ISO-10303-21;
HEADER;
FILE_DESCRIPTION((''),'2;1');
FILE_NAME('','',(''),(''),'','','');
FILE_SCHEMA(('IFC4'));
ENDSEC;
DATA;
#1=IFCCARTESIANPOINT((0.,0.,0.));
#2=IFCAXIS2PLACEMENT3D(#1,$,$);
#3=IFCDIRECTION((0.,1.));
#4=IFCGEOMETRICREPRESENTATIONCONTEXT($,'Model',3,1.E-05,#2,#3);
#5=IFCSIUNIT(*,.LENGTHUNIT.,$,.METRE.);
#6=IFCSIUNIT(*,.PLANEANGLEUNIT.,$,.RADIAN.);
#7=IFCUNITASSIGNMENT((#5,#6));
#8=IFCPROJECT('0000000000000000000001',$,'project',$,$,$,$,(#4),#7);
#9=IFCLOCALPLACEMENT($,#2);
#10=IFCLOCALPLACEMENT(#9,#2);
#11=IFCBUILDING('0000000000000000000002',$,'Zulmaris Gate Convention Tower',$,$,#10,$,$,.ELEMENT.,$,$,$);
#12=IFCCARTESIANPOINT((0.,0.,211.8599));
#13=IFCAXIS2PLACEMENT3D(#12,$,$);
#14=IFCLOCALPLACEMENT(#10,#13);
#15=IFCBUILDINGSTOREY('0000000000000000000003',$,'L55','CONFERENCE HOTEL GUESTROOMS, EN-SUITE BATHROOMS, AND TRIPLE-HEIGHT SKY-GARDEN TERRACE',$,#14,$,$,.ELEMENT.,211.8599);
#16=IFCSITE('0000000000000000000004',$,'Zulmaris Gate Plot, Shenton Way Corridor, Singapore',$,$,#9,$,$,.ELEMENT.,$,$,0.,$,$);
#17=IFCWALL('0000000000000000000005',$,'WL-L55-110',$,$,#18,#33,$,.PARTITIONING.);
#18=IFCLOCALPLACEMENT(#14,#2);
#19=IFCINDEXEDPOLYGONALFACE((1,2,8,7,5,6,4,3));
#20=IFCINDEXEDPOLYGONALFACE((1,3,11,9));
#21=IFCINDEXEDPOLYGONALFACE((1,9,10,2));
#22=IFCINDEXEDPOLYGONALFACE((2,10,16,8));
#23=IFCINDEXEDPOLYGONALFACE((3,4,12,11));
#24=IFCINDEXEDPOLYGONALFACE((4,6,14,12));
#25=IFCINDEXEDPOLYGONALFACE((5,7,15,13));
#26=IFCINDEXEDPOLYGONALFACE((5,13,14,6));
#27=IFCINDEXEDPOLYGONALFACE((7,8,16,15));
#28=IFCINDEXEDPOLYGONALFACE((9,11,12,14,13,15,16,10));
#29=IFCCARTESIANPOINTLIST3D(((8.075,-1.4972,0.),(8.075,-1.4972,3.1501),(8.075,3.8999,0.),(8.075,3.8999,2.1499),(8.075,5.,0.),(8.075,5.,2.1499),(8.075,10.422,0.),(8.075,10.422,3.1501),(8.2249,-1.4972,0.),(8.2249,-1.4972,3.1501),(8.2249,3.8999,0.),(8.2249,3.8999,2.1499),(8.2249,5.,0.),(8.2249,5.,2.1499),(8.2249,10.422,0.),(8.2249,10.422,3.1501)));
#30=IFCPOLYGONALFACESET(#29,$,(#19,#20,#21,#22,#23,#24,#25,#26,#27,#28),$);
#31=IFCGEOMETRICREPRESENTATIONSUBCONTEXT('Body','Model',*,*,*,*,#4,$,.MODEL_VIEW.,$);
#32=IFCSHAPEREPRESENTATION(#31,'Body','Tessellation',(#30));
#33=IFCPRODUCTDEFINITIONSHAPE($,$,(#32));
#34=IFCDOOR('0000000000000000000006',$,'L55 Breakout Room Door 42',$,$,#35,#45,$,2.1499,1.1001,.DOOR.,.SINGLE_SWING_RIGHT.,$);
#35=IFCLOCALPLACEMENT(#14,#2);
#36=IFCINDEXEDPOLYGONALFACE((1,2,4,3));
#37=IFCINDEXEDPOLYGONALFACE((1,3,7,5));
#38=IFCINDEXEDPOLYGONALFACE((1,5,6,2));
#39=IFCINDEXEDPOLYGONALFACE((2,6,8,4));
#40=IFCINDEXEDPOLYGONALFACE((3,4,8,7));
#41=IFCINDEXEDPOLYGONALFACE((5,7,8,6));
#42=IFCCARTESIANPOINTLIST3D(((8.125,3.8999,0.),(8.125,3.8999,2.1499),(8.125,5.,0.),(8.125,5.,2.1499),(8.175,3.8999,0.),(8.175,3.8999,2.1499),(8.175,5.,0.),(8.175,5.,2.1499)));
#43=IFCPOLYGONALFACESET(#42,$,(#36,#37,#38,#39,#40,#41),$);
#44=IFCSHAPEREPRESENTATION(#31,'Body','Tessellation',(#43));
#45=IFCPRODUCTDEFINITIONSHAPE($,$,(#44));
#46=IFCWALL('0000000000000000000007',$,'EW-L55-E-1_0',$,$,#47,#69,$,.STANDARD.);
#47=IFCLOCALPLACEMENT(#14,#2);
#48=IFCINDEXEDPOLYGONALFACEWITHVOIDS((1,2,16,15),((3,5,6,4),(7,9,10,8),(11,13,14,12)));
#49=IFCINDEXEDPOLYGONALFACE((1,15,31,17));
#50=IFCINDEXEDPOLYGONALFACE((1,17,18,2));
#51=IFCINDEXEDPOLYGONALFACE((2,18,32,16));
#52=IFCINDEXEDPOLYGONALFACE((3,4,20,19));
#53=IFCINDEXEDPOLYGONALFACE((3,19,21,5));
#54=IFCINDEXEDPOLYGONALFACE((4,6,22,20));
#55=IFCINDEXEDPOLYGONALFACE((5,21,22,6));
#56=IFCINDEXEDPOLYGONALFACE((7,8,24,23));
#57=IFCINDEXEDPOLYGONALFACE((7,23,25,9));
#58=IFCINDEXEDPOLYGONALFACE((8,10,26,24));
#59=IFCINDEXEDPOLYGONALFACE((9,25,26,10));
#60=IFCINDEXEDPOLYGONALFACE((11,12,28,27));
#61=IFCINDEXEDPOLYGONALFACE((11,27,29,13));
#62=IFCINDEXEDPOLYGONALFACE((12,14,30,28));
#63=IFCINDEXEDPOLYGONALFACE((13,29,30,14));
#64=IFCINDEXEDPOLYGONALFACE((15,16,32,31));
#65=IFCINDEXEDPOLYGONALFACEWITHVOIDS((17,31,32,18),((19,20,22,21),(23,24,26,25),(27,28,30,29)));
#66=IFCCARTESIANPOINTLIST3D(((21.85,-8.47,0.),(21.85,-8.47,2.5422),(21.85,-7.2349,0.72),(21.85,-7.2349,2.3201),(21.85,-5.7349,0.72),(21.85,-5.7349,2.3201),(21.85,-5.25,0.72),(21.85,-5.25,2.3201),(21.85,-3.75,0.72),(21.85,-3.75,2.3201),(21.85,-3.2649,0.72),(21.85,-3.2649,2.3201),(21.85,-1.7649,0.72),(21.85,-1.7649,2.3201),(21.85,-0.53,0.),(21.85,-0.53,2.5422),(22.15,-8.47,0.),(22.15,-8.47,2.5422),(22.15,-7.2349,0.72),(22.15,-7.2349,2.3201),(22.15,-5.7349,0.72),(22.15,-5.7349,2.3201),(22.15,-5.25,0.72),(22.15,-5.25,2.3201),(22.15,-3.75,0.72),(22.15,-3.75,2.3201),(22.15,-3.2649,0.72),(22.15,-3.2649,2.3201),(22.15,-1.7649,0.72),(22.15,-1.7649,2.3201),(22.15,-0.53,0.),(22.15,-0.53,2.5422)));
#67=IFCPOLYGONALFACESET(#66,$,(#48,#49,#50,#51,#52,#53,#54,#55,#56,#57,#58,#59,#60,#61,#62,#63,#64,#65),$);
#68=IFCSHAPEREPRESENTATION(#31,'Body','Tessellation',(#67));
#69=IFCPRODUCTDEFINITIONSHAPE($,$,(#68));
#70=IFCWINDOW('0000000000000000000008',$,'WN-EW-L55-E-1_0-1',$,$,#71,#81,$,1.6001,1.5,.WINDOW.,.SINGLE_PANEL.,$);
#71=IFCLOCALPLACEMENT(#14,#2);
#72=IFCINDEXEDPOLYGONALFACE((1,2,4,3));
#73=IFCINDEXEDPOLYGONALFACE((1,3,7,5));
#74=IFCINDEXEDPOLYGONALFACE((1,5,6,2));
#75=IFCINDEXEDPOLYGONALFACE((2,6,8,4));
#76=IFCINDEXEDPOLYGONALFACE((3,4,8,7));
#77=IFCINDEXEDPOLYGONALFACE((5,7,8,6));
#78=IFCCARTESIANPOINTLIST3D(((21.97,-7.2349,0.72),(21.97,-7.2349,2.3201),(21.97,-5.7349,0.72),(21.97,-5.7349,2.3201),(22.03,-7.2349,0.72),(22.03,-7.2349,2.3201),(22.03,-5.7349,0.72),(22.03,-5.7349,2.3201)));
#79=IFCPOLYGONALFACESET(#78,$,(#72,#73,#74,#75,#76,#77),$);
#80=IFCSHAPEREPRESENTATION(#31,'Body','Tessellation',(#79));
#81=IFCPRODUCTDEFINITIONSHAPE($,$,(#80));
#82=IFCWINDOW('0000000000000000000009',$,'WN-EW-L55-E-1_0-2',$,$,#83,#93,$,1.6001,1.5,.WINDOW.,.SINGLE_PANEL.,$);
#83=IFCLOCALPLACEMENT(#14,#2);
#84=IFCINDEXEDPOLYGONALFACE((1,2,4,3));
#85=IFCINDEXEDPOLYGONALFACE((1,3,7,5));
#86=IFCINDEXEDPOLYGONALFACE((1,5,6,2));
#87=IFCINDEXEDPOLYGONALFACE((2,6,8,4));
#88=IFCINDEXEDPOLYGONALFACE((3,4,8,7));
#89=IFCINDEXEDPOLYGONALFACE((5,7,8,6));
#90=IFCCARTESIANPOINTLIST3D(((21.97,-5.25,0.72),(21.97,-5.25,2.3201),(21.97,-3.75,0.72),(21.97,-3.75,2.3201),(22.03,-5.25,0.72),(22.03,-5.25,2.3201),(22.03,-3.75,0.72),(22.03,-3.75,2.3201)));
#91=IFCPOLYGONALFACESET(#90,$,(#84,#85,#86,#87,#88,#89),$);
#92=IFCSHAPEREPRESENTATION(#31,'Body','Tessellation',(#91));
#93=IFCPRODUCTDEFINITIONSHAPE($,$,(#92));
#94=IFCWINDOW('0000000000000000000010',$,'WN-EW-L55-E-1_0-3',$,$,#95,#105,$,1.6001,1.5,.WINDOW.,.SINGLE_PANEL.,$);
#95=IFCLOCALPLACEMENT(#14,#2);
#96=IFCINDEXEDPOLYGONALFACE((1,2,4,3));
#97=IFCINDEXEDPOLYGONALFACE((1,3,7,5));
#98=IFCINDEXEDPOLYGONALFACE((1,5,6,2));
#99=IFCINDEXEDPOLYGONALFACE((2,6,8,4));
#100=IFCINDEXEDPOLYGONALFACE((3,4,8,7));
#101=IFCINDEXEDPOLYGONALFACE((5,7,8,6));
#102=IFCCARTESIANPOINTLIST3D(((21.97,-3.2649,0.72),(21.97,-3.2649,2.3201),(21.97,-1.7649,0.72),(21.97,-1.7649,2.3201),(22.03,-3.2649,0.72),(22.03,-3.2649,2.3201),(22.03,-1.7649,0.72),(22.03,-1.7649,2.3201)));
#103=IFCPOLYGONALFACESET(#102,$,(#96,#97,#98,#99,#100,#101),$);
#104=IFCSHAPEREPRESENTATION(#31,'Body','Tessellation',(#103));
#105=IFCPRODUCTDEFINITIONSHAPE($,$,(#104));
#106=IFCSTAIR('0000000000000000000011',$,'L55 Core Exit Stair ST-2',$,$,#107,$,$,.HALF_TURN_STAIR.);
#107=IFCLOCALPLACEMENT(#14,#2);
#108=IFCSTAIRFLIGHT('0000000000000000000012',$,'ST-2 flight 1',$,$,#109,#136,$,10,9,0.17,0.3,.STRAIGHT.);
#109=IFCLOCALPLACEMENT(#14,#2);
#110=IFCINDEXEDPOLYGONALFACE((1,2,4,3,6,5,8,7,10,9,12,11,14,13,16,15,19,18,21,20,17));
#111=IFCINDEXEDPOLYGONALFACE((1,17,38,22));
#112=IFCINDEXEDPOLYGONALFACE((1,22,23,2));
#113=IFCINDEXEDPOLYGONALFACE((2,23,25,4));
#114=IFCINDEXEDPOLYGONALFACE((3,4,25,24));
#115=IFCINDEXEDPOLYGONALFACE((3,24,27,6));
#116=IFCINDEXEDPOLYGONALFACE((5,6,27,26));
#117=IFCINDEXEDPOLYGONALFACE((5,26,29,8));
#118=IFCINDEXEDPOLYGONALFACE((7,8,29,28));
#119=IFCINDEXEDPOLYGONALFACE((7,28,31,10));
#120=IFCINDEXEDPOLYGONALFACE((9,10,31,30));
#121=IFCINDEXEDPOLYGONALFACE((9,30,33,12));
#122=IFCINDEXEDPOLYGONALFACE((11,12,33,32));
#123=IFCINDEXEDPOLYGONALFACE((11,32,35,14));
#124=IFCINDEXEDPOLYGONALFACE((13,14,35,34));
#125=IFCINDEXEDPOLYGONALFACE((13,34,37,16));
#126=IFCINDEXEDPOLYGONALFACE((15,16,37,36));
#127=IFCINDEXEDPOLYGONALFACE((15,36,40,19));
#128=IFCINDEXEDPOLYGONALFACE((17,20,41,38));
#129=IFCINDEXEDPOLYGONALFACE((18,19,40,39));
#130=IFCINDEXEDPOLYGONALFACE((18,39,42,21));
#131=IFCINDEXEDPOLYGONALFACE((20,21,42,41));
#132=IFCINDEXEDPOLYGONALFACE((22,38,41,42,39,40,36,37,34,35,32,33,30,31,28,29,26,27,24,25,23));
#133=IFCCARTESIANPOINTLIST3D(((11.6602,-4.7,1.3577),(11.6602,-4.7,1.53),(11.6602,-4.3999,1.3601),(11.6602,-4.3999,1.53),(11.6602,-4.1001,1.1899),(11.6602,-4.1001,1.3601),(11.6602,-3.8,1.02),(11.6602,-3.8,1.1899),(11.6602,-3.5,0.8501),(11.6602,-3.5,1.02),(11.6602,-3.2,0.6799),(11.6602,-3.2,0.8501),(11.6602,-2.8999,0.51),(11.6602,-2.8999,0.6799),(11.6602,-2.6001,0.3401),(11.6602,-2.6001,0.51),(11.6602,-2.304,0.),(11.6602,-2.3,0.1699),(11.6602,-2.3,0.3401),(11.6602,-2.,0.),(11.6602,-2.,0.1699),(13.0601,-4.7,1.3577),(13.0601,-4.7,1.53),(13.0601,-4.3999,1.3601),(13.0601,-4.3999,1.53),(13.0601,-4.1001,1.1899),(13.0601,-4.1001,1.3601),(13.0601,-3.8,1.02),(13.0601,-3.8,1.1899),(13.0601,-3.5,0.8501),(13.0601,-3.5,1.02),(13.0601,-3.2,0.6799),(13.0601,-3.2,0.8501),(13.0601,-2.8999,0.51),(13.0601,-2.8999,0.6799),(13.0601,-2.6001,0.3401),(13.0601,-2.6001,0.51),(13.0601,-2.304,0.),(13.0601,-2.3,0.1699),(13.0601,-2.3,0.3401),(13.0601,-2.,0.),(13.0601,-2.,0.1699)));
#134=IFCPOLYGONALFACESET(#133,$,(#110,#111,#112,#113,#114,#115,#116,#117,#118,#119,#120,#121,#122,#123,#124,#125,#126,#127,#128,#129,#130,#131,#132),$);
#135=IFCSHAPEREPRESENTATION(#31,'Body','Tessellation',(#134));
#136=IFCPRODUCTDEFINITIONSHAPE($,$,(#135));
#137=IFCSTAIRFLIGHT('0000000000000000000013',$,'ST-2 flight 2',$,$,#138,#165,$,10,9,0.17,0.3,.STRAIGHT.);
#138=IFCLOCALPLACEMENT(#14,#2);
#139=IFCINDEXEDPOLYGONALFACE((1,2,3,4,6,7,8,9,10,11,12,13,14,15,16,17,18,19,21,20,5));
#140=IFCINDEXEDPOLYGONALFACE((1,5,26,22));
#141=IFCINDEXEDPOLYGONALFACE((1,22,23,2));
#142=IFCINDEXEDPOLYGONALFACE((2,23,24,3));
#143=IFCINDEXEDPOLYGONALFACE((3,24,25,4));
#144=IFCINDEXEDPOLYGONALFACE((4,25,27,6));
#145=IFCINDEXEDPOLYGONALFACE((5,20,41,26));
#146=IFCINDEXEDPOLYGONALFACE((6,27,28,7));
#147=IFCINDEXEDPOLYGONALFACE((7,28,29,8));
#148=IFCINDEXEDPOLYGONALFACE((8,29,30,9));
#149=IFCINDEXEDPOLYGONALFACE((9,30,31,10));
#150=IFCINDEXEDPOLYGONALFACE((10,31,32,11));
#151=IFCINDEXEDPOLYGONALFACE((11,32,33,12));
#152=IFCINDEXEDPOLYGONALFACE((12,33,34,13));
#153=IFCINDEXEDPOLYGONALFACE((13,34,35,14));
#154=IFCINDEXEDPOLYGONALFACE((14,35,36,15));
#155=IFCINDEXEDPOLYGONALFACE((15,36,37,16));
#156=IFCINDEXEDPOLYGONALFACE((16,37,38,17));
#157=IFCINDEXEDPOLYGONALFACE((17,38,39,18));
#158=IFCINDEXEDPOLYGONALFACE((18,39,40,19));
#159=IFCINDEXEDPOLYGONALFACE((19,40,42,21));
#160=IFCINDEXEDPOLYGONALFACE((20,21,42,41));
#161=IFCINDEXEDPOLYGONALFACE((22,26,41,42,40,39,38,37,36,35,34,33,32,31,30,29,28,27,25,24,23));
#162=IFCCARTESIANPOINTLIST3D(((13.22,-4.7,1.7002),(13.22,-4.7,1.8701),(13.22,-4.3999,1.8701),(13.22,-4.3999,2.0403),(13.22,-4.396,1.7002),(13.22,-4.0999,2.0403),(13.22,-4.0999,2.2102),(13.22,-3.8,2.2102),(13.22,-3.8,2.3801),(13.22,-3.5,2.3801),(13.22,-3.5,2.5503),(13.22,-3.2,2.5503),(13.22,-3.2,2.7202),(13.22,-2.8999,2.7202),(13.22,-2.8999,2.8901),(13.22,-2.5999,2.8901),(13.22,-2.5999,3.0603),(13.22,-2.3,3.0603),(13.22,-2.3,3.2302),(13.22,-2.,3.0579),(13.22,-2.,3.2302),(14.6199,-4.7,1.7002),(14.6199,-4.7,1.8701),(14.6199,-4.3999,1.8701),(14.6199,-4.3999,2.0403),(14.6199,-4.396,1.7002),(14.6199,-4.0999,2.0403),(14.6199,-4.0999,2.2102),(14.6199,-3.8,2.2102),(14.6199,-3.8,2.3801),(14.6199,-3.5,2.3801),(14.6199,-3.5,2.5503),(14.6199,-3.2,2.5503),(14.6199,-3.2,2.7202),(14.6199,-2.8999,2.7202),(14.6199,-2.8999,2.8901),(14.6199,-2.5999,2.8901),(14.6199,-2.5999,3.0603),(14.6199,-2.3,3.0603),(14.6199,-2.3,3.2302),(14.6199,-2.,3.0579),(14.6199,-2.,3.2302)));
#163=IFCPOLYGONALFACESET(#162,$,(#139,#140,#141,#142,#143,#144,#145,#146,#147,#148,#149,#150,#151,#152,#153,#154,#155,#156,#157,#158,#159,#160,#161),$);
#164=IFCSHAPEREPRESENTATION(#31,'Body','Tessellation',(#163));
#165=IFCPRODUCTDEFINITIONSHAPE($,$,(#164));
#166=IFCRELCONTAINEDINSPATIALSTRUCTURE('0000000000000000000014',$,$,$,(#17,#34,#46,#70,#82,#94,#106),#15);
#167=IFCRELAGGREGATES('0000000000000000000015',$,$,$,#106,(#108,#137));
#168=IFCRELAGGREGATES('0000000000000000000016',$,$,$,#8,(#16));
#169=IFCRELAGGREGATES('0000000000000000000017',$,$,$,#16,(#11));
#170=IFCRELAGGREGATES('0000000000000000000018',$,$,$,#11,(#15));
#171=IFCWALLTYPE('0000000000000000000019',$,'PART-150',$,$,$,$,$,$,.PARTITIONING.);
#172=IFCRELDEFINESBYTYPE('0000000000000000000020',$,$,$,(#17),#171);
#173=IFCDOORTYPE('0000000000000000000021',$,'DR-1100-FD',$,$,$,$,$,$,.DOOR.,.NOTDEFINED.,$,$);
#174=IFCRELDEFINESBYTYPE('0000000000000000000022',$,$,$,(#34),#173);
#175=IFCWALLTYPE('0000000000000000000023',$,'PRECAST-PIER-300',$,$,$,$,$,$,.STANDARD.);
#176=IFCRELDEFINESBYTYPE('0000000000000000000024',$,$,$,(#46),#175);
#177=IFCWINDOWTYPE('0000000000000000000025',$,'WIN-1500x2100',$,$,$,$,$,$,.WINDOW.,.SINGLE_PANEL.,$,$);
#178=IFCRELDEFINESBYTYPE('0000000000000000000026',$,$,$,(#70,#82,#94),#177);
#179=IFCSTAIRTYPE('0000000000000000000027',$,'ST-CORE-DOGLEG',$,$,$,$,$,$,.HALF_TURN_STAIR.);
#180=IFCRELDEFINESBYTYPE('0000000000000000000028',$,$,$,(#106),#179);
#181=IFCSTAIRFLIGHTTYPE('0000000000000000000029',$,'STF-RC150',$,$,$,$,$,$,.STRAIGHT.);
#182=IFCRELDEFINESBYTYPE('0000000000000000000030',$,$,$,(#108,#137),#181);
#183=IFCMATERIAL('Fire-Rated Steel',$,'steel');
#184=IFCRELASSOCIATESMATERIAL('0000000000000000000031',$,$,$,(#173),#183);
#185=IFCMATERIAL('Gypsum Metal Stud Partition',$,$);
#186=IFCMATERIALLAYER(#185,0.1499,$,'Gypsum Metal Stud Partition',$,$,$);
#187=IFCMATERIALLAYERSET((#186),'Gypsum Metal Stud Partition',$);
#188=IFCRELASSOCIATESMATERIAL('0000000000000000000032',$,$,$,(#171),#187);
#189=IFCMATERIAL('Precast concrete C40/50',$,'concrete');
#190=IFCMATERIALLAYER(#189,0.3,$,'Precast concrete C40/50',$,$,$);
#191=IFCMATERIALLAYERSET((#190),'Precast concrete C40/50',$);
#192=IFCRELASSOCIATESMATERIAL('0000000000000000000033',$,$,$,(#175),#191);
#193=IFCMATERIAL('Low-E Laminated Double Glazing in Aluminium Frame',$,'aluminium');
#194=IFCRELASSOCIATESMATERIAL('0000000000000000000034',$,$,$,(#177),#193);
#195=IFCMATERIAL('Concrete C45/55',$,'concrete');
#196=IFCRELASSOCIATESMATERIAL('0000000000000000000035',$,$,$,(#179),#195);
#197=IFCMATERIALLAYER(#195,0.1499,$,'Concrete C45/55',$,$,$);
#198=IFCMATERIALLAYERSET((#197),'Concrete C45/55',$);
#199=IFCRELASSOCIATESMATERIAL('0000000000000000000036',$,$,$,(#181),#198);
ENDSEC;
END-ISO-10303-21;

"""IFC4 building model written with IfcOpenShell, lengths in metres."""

from ifc_helpers import new_model, si_unit, direction, frame, frame_2d, origin, place, context, subcontext, project, spatial, polyline, rectangle, outline, extrude, material, layer, layer_set, type_object, element, fill, aggregate, save


model = new_model("IFC4")

# Units and contexts
model_context = context("Model", 3, precision=1e-05, world=origin(), true_north=direction((0.0, 1.0)))
body_context = subcontext(model_context, "Body", "Model", "MODEL_VIEW")
ifc_project = project(units=[si_unit("LENGTHUNIT", "METRE"), si_unit("PLANEANGLEUNIT", "RADIAN")], contexts=[model_context])

# Site, building, storey
site_placement = place(None, origin())
site = spatial("IfcSite", under=ifc_project, at=site_placement, Name="Zulmaris Gate Plot, Shenton Way Corridor, Singapore", CompositionType="ELEMENT", RefElevation=0.0)
building_placement = place(site_placement, origin())
building = spatial("IfcBuilding", under=site, at=building_placement, Name="Zulmaris Gate Convention Tower", CompositionType="ELEMENT")
storey_placement = place(building_placement, frame((0.0, 0.0, 211.8599)))
storey = spatial("IfcBuildingStorey", under=building, at=storey_placement, Name="L55", Description="CONFERENCE HOTEL GUESTROOMS, EN-SUITE BATHROOMS, AND TRIPLE-HEIGHT SKY-GARDEN TERRACE", CompositionType="ELEMENT", Elevation=211.8599)

# Shared definitions
ifc_material_1 = material(Name="Fire-Rated Steel", Category="steel")
door_type = type_object("IfcDoorType", Name="DR-1100-FD", OperationType="NOTDEFINED", PredefinedType="DOOR", material=ifc_material_1)

# Wall, opening, door
ifc_material_2 = material(Name="Gypsum Metal Stud Partition")
ifc_layer_1 = layer(ifc_material_2, 0.1499, Name="Gypsum Metal Stud Partition")
ifc_layer_set_1 = layer_set([ifc_layer_1], Name="Gypsum Metal Stud Partition")
wall_type_1 = type_object("IfcWallType", Name="PART-150", PredefinedType="PARTITIONING", material=ifc_layer_set_1)
wall_1_placement = place(storey_placement, frame((8.1499, -1.4971, 0.0), z_axis=(0.0, 0.0, 1.0), x_axis=(0.0, 1.0, 0.0)))
wall_1 = element("IfcWall", 1, at=wall_1_placement, inside=storey, type_object=wall_type_1, Name="WL-L55-110", PredefinedType="PARTITIONING", context=body_context, shape_type="SweptSolid", body=[
    extrude(rectangle(XDim=11.9192, YDim=0.1499, at=frame_2d((5.9595, 0.0))), origin(), (0.0, 0.0, 1.0), 3.1501),
])
opening_1_placement = place(wall_1_placement, frame((5.397, 0.0, 0.0)))
opening_1 = element("IfcOpeningElement", 2, at=opening_1_placement, cuts=wall_1, PredefinedType="OPENING", context=body_context, shape_type="SweptSolid", body=[
    extrude(rectangle(XDim=1.1001, YDim=2.1499, at=frame_2d((0.55, 1.075))), frame((0.0, 0.085, 0.0), z_axis=(0.0, -1.0, 0.0), x_axis=(1.0, 0.0, 0.0)), (0.0, 0.0, 1.0), 0.1699),
])
door_1_placement = place(opening_1_placement, origin())
door_1 = element("IfcDoor", 3, at=door_1_placement, inside=storey, type_object=door_type, Name="L55 Breakout Room Door 42", OperationType="SINGLE_SWING_RIGHT", OverallHeight=2.1499, OverallWidth=1.1001, PredefinedType="DOOR", context=body_context, shape_type="SweptSolid", body=[
    extrude(rectangle(XDim=1.1001, YDim=2.1499, at=frame_2d((0.55, 1.075))), frame((0.0, 0.0249, 0.0), z_axis=(0.0, -1.0, 0.0), x_axis=(1.0, 0.0, 0.0)), (0.0, 0.0, 1.0), 0.05),
])
fill(opening_1, door_1)

# Wall, openings, windows
ifc_material_3 = material(Name="Precast concrete C40/50", Category="concrete")
ifc_layer_2 = layer(ifc_material_3, 0.3, Name="Precast concrete C40/50")
ifc_layer_set_2 = layer_set([ifc_layer_2], Name="Precast concrete C40/50")
wall_type_2 = type_object("IfcWallType", Name="PRECAST-PIER-300", PredefinedType="STANDARD", material=ifc_layer_set_2)
wall_2_placement = place(storey_placement, frame((22.0, -8.47, 0.0), z_axis=(0.0, 0.0, 1.0), x_axis=(0.0, 1.0, 0.0)))
wall_2 = element("IfcWall", 4, at=wall_2_placement, inside=storey, type_object=wall_type_2, Name="EW-L55-E-1_0", PredefinedType="STANDARD", context=body_context, shape_type="SweptSolid", body=[
    extrude(rectangle(XDim=7.9399, YDim=0.3, at=frame_2d((3.97, 0.0))), origin(), (0.0, 0.0, 1.0), 2.5422),
])
opening_2_placement = place(wall_2_placement, frame((1.2351, 0.0, 0.72)))
opening_2 = element("IfcOpeningElement", 5, at=opening_2_placement, cuts=wall_2, PredefinedType="OPENING", context=body_context, shape_type="SweptSolid", body=[
    extrude(rectangle(XDim=1.5, YDim=1.6001, at=frame_2d((0.75, 0.8))), frame((0.0, 0.1602, 0.0), z_axis=(0.0, -1.0, 0.0), x_axis=(1.0, 0.0, 0.0)), (0.0, 0.0, 1.0), 0.3201),
])
opening_3_placement = place(wall_2_placement, frame((3.22, 0.0, 0.72)))
opening_3 = element("IfcOpeningElement", 6, at=opening_3_placement, cuts=wall_2, PredefinedType="OPENING", context=body_context, shape_type="SweptSolid", body=[
    extrude(rectangle(XDim=1.5, YDim=1.6001, at=frame_2d((0.75, 0.8))), frame((0.0, 0.1602, 0.0), z_axis=(0.0, -1.0, 0.0), x_axis=(1.0, 0.0, 0.0)), (0.0, 0.0, 1.0), 0.3201),
])
opening_4_placement = place(wall_2_placement, frame((5.2051, 0.0, 0.72)))
opening_4 = element("IfcOpeningElement", 7, at=opening_4_placement, cuts=wall_2, PredefinedType="OPENING", context=body_context, shape_type="SweptSolid", body=[
    extrude(rectangle(XDim=1.5, YDim=1.6001, at=frame_2d((0.75, 0.8))), frame((0.0, 0.1602, 0.0), z_axis=(0.0, -1.0, 0.0), x_axis=(1.0, 0.0, 0.0)), (0.0, 0.0, 1.0), 0.3201),
])
ifc_material_4 = material(Name="Low-E Laminated Double Glazing in Aluminium Frame", Category="aluminium")
window_type = type_object("IfcWindowType", Name="WIN-1500x2100", PartitioningType="SINGLE_PANEL", PredefinedType="WINDOW", material=ifc_material_4)
window_1_placement = place(opening_2_placement, origin())
window_1 = element("IfcWindow", 8, at=window_1_placement, inside=storey, type_object=window_type, Name="WN-EW-L55-E-1_0-1", OverallHeight=1.6001, OverallWidth=1.5, PartitioningType="SINGLE_PANEL", PredefinedType="WINDOW", context=body_context, shape_type="SweptSolid", body=[
    extrude(rectangle(XDim=1.5, YDim=1.6001, at=frame_2d((0.75, 0.8))), frame((0.0, 0.03, 0.0), z_axis=(0.0, -1.0, 0.0), x_axis=(1.0, 0.0, 0.0)), (0.0, 0.0, 1.0), 0.0601),
])
fill(opening_2, window_1)
window_2_placement = place(opening_3_placement, origin())
window_2 = element("IfcWindow", 9, at=window_2_placement, inside=storey, type_object=window_type, Name="WN-EW-L55-E-1_0-2", OverallHeight=1.6001, OverallWidth=1.5, PartitioningType="SINGLE_PANEL", PredefinedType="WINDOW", context=body_context, shape_type="SweptSolid", body=[
    extrude(rectangle(XDim=1.5, YDim=1.6001, at=frame_2d((0.75, 0.8))), frame((0.0, 0.03, 0.0), z_axis=(0.0, -1.0, 0.0), x_axis=(1.0, 0.0, 0.0)), (0.0, 0.0, 1.0), 0.0601),
])
fill(opening_3, window_2)
window_3_placement = place(opening_4_placement, origin())
window_3 = element("IfcWindow", 10, at=window_3_placement, inside=storey, type_object=window_type, Name="WN-EW-L55-E-1_0-3", OverallHeight=1.6001, OverallWidth=1.5, PartitioningType="SINGLE_PANEL", PredefinedType="WINDOW", context=body_context, shape_type="SweptSolid", body=[
    extrude(rectangle(XDim=1.5, YDim=1.6001, at=frame_2d((0.75, 0.8))), frame((0.0, 0.03, 0.0), z_axis=(0.0, -1.0, 0.0), x_axis=(1.0, 0.0, 0.0)), (0.0, 0.0, 1.0), 0.0601),
])
fill(opening_4, window_3)

# Stair, stair flights
ifc_material_5 = material(Name="Concrete C45/55", Category="concrete")
stair_type = type_object("IfcStairType", Name="ST-CORE-DOGLEG", PredefinedType="HALF_TURN_STAIR", material=ifc_material_5)
stair_placement = place(storey_placement, origin())
stair = element("IfcStair", 11, at=stair_placement, inside=storey, type_object=stair_type, Name="L55 Core Exit Stair ST-2", PredefinedType="HALF_TURN_STAIR")
ifc_layer_3 = layer(ifc_material_5, 0.1499, Name="Concrete C45/55")
ifc_layer_set_3 = layer_set([ifc_layer_3], Name="Concrete C45/55")
stair_flight_type = type_object("IfcStairFlightType", Name="STF-RC150", PredefinedType="STRAIGHT", material=ifc_layer_set_3)
stair_flight_1_placement = place(storey_placement, frame((12.3601, -2.0, 0.0), z_axis=(0.0, 0.0, 1.0), x_axis=(0.0, -1.0, 0.0)))
stair_flight_1 = element("IfcStairFlight", 12, at=stair_flight_1_placement, type_object=stair_flight_type, Name="ST-2 flight 1", NumberOfRisers=10, NumberOfTreads=9, PredefinedType="STRAIGHT", RiserHeight=0.17, TreadLength=0.3, context=body_context, shape_type="SweptSolid", body=[
    extrude(outline(polyline([(0.0, 0.0), (0.0, 0.1699), (0.3, 0.1699), (0.3, 0.3401), (0.6001, 0.3401), (0.6001, 0.51), (0.8999, 0.51), (0.8999, 0.6799), (1.2, 0.6799), (1.2, 0.8501), (1.5, 0.8501), (1.5, 1.02), (1.8, 1.02), (1.8, 1.1899), (2.1001, 1.1899), (2.1001, 1.3601), (2.3999, 1.3601), (2.3999, 1.53), (2.7, 1.53), (2.7, 1.7), (2.7, 1.3577), (0.304, 0.0), (0.0, 0.0)])), frame((0.0, 0.7, 0.0), z_axis=(0.0, -1.0, 0.0), x_axis=(1.0, 0.0, 0.0)), (0.0, 0.0, 1.0), 1.3999),
])
stair_flight_2_placement = place(storey_placement, frame((13.9199, -4.7, 1.7002), z_axis=(0.0, 0.0, 1.0), x_axis=(0.0, 1.0, 0.0)))
stair_flight_2 = element("IfcStairFlight", 13, at=stair_flight_2_placement, type_object=stair_flight_type, Name="ST-2 flight 2", NumberOfRisers=10, NumberOfTreads=9, PredefinedType="STRAIGHT", RiserHeight=0.17, TreadLength=0.3, context=body_context, shape_type="SweptSolid", body=[
    extrude(outline(polyline([(0.0, 0.0), (0.0, 0.1699), (0.3, 0.1699), (0.3, 0.3401), (0.6001, 0.3401), (0.6001, 0.51), (0.8999, 0.51), (0.8999, 0.6799), (1.2, 0.6799), (1.2, 0.8501), (1.5, 0.8501), (1.5, 1.02), (1.8, 1.02), (1.8, 1.1899), (2.1001, 1.1899), (2.1001, 1.3601), (2.3999, 1.3601), (2.3999, 1.53), (2.7, 1.53), (2.7, 1.7), (2.7, 1.3577), (0.304, 0.0), (0.0, 0.0)])), frame((0.0, 0.7, 0.0), z_axis=(0.0, -1.0, 0.0), x_axis=(1.0, 0.0, 0.0)), (0.0, 0.0, 1.0), 1.3999),
])
aggregate(stair, [stair_flight_1, stair_flight_2])

save(model, "model.ifc")
